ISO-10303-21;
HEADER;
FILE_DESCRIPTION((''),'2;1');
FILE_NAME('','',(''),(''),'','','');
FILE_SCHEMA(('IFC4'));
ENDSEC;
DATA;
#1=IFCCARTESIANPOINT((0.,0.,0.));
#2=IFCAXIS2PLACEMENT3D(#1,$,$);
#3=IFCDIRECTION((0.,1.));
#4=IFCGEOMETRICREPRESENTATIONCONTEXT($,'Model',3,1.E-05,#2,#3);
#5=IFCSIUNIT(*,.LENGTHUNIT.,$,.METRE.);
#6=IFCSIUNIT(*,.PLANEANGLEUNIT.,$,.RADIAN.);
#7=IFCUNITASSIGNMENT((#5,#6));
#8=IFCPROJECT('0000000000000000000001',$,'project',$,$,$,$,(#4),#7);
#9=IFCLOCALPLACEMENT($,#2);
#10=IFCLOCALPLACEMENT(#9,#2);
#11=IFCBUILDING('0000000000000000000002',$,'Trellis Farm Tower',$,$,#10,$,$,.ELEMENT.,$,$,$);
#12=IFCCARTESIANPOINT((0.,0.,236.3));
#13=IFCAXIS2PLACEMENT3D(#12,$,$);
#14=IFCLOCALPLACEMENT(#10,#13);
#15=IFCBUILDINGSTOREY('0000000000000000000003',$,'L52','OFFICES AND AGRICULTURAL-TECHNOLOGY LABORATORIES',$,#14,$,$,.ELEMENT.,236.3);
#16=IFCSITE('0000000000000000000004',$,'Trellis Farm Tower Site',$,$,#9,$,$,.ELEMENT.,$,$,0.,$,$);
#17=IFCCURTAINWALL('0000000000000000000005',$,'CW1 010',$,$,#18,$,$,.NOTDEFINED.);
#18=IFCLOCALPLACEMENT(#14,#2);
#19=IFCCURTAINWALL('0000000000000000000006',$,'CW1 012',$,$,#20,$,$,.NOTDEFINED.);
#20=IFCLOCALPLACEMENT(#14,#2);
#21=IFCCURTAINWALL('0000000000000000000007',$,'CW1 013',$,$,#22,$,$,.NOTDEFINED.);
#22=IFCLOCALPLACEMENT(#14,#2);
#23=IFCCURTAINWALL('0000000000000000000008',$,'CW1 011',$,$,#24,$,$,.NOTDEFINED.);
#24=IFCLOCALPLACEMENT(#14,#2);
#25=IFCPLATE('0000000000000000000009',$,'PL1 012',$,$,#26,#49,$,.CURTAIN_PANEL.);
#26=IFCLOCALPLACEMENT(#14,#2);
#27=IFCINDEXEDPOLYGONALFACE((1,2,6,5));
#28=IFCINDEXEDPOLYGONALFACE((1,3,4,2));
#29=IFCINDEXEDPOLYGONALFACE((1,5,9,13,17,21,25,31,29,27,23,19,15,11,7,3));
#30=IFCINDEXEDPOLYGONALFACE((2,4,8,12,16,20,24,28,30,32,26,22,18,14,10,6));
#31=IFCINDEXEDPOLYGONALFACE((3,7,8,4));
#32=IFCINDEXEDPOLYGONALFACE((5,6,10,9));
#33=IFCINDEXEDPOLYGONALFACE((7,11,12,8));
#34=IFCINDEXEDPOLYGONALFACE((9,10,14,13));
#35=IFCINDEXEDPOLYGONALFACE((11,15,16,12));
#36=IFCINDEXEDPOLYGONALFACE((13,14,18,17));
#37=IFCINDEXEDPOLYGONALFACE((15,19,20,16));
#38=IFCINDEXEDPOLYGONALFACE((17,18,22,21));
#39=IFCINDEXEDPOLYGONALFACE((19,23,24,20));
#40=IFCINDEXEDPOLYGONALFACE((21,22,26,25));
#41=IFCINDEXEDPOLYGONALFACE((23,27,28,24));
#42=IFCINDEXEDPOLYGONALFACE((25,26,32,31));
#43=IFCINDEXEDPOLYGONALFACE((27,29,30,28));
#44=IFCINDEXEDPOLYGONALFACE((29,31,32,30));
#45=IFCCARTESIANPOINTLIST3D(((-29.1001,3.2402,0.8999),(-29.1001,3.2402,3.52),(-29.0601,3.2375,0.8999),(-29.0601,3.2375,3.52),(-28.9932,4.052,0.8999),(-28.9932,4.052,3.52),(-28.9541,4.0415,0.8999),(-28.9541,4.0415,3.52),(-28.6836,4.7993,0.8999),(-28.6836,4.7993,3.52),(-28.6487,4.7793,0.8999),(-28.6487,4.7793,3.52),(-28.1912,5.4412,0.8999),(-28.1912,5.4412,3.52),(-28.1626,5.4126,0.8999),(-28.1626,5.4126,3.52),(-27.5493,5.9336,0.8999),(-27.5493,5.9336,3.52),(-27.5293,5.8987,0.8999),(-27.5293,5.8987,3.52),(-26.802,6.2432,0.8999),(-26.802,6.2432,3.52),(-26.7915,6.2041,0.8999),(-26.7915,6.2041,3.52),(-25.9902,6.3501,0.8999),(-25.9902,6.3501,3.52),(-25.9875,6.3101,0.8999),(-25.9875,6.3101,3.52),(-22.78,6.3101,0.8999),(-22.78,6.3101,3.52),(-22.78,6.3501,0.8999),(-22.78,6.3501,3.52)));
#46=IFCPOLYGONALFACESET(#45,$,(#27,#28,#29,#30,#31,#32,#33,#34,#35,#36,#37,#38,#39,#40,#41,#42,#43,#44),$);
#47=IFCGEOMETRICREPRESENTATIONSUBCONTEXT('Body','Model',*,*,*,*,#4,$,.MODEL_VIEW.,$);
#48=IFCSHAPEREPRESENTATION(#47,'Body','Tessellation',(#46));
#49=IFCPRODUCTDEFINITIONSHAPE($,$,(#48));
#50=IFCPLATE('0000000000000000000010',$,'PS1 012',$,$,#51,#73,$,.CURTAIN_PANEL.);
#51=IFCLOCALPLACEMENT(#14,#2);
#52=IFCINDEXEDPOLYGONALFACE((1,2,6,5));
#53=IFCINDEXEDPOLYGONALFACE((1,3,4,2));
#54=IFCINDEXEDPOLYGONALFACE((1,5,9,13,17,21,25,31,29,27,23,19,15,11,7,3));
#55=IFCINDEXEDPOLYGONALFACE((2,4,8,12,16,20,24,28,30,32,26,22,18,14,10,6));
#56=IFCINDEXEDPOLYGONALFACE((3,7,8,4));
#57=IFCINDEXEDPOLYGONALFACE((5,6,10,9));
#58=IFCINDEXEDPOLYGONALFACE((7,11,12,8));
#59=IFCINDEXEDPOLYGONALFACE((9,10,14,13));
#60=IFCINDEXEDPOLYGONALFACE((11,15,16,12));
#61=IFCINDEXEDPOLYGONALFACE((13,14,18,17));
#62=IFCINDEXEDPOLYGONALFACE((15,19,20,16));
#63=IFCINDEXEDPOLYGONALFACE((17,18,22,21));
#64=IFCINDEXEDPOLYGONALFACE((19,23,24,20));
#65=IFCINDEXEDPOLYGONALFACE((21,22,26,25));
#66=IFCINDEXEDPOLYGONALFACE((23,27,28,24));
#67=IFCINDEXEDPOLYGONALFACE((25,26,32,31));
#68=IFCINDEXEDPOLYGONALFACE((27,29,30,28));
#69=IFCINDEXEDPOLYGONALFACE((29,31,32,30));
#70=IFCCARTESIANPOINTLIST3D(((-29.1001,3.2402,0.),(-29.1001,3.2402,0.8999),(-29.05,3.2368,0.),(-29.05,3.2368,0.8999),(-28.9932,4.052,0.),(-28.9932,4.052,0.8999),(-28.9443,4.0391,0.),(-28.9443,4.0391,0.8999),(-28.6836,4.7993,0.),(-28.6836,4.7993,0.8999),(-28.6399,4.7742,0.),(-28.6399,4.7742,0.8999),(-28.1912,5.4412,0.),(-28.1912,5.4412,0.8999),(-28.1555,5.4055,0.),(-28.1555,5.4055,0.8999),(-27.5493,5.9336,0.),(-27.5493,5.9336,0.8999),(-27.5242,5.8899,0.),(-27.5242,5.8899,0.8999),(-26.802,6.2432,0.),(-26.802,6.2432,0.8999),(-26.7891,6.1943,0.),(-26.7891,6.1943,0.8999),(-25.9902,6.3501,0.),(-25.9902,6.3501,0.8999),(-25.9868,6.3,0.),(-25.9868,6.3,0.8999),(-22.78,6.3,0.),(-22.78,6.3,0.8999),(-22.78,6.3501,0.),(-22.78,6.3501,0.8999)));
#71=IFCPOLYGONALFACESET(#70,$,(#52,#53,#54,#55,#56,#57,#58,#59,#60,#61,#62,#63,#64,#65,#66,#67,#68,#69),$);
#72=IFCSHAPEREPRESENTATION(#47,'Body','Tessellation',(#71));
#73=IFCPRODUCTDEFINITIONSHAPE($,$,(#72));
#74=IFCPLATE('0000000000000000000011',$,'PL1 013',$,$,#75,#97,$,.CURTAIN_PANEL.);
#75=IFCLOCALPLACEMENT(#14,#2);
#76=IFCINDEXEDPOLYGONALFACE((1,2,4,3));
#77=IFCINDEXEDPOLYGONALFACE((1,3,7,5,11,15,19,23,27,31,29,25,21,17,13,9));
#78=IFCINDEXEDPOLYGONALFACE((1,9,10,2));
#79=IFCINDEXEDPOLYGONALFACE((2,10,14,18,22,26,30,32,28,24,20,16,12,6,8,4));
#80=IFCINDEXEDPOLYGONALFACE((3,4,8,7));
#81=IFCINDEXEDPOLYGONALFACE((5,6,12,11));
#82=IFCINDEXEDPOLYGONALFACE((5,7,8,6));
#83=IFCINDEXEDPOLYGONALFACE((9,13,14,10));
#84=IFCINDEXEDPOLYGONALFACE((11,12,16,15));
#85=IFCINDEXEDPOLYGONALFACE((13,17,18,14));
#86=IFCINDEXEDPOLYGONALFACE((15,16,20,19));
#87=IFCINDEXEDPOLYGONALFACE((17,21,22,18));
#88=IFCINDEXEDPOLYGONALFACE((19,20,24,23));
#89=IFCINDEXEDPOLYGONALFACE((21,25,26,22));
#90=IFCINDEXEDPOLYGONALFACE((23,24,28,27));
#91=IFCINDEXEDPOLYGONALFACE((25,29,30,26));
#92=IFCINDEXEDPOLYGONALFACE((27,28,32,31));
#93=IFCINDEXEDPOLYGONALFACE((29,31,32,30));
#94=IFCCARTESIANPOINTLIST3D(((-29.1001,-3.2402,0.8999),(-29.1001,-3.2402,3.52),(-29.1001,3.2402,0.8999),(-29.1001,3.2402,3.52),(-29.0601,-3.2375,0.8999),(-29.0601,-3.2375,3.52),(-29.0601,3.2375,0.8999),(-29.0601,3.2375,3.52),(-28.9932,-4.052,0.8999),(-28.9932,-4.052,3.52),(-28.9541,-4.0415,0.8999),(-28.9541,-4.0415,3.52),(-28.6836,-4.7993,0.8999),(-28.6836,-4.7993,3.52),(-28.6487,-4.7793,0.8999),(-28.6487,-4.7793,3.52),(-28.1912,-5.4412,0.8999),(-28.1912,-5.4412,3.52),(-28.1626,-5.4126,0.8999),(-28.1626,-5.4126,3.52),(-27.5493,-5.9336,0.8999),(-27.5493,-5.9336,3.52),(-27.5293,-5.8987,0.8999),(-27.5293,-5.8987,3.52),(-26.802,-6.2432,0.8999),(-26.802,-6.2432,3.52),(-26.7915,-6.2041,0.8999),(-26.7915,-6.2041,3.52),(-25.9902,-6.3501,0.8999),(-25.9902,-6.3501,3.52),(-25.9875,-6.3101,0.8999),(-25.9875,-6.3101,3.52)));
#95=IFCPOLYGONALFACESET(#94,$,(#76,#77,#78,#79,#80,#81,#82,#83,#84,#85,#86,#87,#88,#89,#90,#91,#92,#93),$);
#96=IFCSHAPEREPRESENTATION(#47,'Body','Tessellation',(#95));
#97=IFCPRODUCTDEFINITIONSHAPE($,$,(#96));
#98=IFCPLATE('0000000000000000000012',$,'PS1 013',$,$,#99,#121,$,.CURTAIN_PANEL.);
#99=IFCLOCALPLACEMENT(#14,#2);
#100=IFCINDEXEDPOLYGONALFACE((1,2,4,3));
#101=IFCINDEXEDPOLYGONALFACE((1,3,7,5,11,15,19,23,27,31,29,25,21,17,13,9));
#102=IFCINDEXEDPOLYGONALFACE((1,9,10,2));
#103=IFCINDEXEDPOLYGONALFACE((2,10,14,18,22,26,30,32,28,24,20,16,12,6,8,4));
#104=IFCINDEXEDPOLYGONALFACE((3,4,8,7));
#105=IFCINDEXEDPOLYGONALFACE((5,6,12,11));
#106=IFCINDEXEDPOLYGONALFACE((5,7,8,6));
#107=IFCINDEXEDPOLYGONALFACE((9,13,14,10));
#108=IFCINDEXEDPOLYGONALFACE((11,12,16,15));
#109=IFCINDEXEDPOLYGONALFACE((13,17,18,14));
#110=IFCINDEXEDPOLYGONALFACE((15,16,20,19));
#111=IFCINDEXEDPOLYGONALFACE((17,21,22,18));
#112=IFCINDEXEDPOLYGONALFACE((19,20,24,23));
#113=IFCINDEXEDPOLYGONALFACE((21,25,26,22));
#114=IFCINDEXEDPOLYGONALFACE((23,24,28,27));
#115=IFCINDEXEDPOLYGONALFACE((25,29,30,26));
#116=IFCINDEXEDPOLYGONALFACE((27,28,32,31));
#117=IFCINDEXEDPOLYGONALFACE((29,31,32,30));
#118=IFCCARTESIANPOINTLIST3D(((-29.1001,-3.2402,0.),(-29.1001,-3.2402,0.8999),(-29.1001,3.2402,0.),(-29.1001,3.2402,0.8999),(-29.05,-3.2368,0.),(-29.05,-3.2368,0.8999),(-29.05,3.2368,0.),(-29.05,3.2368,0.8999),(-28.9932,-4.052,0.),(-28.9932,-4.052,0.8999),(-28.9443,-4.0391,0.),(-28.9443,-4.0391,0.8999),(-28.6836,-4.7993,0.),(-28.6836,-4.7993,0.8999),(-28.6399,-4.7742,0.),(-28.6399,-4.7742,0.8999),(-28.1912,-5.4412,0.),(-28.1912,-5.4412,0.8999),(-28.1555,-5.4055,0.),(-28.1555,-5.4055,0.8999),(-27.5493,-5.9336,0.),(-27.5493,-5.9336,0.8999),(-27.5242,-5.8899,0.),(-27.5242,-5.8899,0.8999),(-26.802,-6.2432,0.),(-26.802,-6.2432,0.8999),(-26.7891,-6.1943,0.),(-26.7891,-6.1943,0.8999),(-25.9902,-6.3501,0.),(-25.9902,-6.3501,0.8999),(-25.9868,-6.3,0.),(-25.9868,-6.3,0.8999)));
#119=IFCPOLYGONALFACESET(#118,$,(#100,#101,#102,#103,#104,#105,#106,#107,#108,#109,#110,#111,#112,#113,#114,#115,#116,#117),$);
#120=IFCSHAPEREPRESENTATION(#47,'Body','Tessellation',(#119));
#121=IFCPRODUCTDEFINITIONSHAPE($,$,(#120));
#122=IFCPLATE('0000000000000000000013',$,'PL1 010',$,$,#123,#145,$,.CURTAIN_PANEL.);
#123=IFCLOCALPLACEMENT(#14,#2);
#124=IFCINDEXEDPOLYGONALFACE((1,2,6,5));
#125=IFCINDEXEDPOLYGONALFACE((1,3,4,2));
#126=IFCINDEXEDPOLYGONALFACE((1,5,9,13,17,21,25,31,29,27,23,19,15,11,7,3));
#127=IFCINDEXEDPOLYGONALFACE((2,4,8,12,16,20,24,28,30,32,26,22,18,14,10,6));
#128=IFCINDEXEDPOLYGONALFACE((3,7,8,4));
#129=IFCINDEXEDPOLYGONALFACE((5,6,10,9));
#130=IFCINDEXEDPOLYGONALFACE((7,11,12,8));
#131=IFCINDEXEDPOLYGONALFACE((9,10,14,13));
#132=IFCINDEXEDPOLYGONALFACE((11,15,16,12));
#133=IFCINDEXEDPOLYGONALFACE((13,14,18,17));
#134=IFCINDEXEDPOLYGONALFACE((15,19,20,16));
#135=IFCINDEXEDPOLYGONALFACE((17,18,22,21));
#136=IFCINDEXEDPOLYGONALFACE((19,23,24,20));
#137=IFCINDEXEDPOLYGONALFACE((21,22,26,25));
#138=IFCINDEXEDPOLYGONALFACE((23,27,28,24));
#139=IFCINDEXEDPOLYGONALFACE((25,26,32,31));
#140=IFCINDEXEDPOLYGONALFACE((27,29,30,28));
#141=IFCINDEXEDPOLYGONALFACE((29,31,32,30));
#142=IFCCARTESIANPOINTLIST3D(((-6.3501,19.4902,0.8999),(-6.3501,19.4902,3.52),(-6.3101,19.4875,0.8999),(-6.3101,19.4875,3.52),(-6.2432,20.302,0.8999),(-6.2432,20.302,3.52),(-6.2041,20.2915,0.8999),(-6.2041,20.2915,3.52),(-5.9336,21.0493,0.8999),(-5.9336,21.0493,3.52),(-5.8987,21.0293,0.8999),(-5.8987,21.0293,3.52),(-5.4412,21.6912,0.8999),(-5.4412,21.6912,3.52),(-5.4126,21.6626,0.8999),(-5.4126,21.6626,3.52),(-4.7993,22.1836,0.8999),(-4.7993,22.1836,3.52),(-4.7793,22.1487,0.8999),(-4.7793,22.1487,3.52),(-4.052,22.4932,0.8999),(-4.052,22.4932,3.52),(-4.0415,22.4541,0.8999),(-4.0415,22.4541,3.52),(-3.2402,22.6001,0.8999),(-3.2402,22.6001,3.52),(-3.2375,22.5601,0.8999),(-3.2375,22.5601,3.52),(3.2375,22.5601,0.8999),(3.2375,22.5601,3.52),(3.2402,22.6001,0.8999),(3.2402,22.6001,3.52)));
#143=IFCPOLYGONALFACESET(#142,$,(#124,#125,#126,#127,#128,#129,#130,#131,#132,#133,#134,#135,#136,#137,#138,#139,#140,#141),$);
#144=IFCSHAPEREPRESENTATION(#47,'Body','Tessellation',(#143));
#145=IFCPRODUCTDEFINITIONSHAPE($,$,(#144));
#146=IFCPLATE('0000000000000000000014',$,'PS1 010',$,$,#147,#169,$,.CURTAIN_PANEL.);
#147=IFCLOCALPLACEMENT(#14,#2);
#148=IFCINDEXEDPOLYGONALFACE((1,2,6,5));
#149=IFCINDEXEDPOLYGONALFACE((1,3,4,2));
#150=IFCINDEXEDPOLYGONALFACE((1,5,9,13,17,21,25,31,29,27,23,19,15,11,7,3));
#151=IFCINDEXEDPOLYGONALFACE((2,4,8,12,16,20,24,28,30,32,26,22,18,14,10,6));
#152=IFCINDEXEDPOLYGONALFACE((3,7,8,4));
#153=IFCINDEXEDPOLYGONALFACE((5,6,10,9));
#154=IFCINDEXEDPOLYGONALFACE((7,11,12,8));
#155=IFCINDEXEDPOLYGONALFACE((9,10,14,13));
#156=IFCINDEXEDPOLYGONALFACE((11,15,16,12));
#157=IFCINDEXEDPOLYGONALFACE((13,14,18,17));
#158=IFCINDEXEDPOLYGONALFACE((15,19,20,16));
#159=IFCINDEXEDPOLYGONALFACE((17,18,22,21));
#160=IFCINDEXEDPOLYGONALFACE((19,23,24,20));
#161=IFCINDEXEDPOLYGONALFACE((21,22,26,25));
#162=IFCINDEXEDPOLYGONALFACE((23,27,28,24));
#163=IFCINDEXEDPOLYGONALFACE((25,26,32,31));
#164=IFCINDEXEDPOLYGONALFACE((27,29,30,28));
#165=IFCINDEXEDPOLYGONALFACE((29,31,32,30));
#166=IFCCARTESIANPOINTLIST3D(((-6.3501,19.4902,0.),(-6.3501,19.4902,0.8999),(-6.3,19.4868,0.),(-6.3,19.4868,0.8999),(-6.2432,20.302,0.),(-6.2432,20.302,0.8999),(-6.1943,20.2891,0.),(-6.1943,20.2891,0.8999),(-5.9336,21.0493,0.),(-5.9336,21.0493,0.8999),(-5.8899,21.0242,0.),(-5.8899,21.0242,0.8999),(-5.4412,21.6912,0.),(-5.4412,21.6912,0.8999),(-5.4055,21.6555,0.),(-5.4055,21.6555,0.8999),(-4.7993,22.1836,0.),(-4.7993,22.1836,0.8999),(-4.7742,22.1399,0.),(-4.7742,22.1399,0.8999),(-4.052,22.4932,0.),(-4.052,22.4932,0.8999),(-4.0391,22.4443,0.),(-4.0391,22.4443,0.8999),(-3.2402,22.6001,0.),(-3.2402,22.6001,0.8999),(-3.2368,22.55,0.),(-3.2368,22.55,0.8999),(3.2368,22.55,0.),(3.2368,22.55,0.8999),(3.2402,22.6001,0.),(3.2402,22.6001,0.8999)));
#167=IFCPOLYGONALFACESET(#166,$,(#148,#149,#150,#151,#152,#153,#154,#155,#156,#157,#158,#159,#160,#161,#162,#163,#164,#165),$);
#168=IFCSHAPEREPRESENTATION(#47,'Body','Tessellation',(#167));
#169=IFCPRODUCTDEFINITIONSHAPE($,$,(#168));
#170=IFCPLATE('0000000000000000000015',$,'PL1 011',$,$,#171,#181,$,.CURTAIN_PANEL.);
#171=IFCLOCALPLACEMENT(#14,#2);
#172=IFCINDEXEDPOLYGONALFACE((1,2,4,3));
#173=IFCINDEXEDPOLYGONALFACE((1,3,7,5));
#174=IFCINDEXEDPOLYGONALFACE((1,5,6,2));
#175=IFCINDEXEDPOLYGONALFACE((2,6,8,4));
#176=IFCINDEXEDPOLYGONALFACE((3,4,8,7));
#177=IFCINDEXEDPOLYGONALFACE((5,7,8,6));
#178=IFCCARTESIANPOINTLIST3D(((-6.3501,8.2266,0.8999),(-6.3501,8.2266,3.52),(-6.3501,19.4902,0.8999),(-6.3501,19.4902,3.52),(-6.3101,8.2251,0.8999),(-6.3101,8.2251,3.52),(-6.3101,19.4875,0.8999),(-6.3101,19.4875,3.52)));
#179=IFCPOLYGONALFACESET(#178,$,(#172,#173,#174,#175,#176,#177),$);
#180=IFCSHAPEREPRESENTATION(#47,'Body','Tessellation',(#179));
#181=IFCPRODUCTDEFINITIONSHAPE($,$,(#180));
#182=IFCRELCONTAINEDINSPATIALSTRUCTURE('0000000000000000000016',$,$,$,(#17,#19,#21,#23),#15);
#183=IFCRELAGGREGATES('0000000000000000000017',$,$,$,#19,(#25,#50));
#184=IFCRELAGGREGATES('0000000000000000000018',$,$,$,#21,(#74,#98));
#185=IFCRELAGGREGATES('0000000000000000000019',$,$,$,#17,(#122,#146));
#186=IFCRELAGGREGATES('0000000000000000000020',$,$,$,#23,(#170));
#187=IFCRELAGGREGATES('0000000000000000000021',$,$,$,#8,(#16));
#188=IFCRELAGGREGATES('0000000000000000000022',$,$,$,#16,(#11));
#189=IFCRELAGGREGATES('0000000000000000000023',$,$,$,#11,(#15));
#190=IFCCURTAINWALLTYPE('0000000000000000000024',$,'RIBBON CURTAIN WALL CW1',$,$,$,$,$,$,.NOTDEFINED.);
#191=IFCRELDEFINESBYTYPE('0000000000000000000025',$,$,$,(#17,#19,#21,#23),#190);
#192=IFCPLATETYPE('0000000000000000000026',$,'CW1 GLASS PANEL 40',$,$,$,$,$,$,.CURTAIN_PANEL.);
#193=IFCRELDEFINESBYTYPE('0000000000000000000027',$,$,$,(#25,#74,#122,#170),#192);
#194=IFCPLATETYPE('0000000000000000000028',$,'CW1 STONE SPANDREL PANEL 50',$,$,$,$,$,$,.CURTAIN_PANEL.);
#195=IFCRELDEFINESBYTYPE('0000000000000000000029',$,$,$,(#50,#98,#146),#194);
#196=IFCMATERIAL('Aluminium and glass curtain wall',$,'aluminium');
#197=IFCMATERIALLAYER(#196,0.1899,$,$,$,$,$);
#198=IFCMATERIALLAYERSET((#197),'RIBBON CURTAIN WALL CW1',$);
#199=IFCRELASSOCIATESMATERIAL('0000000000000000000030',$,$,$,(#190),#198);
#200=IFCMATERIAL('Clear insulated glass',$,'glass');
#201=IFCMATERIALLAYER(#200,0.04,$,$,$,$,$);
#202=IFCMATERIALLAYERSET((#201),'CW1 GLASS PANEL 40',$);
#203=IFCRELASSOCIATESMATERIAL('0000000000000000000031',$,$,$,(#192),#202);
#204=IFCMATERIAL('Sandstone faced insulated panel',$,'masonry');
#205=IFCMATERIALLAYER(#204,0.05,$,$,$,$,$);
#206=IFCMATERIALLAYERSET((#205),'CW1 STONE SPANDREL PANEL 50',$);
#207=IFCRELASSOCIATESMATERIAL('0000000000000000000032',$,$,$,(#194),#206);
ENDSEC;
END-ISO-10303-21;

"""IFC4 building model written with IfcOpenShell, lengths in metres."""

from ifc_helpers import new_model, si_unit, direction, frame, origin, place, context, subcontext, project, spatial, polyline, outline, extrude, source, transform, mapped, material, layer, layer_set, type_object, element, aggregate, save


model = new_model("IFC4")

# Units and contexts
model_context = context("Model", 3, precision=1e-05, world=origin(), true_north=direction((0.0, 1.0)))
body_context = subcontext(model_context, "Body", "Model", "MODEL_VIEW")
ifc_project = project(units=[si_unit("LENGTHUNIT", "METRE"), si_unit("PLANEANGLEUNIT", "RADIAN")], contexts=[model_context])

# Site, building, storey
site_placement = place(None, origin())
site = spatial("IfcSite", under=ifc_project, at=site_placement, Name="Trellis Farm Tower Site", CompositionType="ELEMENT", RefElevation=0.0)
building_placement = place(site_placement, origin())
building = spatial("IfcBuilding", under=site, at=building_placement, Name="Trellis Farm Tower", CompositionType="ELEMENT")
storey_placement = place(building_placement, frame((0.0, 0.0, 236.3)))
storey = spatial("IfcBuildingStorey", under=building, at=storey_placement, Name="L52", Description="OFFICES AND AGRICULTURAL-TECHNOLOGY LABORATORIES", CompositionType="ELEMENT", Elevation=236.3)

# Curtain walls
ifc_material_1 = material(Name="Aluminium and glass curtain wall", Category="aluminium")
placement_1 = place(storey_placement, origin())
ifc_layer_1 = layer(ifc_material_1, 0.1899)
ifc_layer_set_1 = layer_set([ifc_layer_1], Name="RIBBON CURTAIN WALL CW1")
curtain_wall_type_1 = type_object("IfcCurtainWallType", Name="RIBBON CURTAIN WALL CW1", PredefinedType="NOTDEFINED", material=ifc_layer_set_1)
curtain_wall_1 = element("IfcCurtainWall", 1, at=placement_1, inside=storey, type_object=curtain_wall_type_1, Name="CW1 010", PredefinedType="NOTDEFINED")
curtain_wall_2 = element("IfcCurtainWall", 2, at=placement_1, inside=storey, type_object=curtain_wall_type_1, Name="CW1 012", PredefinedType="NOTDEFINED")
curtain_wall_3 = element("IfcCurtainWall", 3, at=placement_1, inside=storey, type_object=curtain_wall_type_1, Name="CW1 013", PredefinedType="NOTDEFINED")

# Curtain wall
curtain_wall_4 = element("IfcCurtainWall", 4, at=placement_1, inside=storey, type_object=curtain_wall_type_1, Name="CW1 011", PredefinedType="NOTDEFINED")

# Plates
ifc_material_2 = material(Name="Clear insulated glass", Category="glass")
ifc_layer_2 = layer(ifc_material_2, 0.04)
ifc_layer_set_2 = layer_set([ifc_layer_2], Name="CW1 GLASS PANEL 40")
plate_type_1 = type_object("IfcPlateType", Name="CW1 GLASS PANEL 40", PredefinedType="CURTAIN_PANEL", material=ifc_layer_set_2)
shared_shape_1 = source(origin(), body_context, "Body", "SweptSolid", [
    extrude(outline(polyline([(-22.78, 6.3501), (-25.9902, 6.3501), (-26.802, 6.2432), (-27.5493, 5.9336), (-28.1912, 5.4412), (-28.6836, 4.7993), (-28.9932, 4.052), (-29.1001, 3.2402), (-29.0601, 3.2375), (-28.9541, 4.0415), (-28.6487, 4.7793), (-28.1626, 5.4126), (-27.5293, 5.8987), (-26.7915, 6.2041), (-25.9875, 6.3101), (-22.78, 6.3101), (-22.78, 6.3501)])), origin(), (0.0, 0.0, 1.0), 2.6201),
])
placement_2 = place(storey_placement, frame((0.0, 0.0, 0.8999)))
plate_1 = element("IfcPlate", 5, at=placement_2, type_object=plate_type_1, Name="PL1 012", PredefinedType="CURTAIN_PANEL", context=body_context, shape_type="MappedRepresentation", body=[
    mapped(shared_shape_1, transform((0.0, 0.0, 0.0))),
])
ifc_material_3 = material(Name="Sandstone faced insulated panel", Category="masonry")
ifc_layer_3 = layer(ifc_material_3, 0.05)
ifc_layer_set_3 = layer_set([ifc_layer_3], Name="CW1 STONE SPANDREL PANEL 50")
plate_type_2 = type_object("IfcPlateType", Name="CW1 STONE SPANDREL PANEL 50", PredefinedType="CURTAIN_PANEL", material=ifc_layer_set_3)
shared_shape_2 = source(origin(), body_context, "Body", "SweptSolid", [
    extrude(outline(polyline([(-22.78, 6.3501), (-25.9902, 6.3501), (-26.802, 6.2432), (-27.5493, 5.9336), (-28.1912, 5.4412), (-28.6836, 4.7993), (-28.9932, 4.052), (-29.1001, 3.2402), (-29.05, 3.2368), (-28.9443, 4.0391), (-28.6399, 4.7742), (-28.1555, 5.4055), (-27.5242, 5.8899), (-26.7891, 6.1943), (-25.9868, 6.3), (-22.78, 6.3), (-22.78, 6.3501)])), origin(), (0.0, 0.0, 1.0), 0.8999),
])
plate_2 = element("IfcPlate", 6, at=placement_1, type_object=plate_type_2, Name="PS1 012", PredefinedType="CURTAIN_PANEL", context=body_context, shape_type="MappedRepresentation", body=[
    mapped(shared_shape_2, transform((0.0, 0.0, 0.0))),
])
aggregate(curtain_wall_2, [plate_1, plate_2])
shared_shape_3 = source(origin(), body_context, "Body", "SweptSolid", [
    extrude(outline(polyline([(-29.1001, 3.2402), (-29.1001, -3.2402), (-28.9932, -4.052), (-28.6836, -4.7993), (-28.1912, -5.4412), (-27.5493, -5.9336), (-26.802, -6.2432), (-25.9902, -6.3501), (-25.9875, -6.3101), (-26.7915, -6.2041), (-27.5293, -5.8987), (-28.1626, -5.4126), (-28.6487, -4.7793), (-28.9541, -4.0415), (-29.0601, -3.2375), (-29.0601, 3.2375), (-29.1001, 3.2402)])), origin(), (0.0, 0.0, 1.0), 2.6201),
])
plate_3 = element("IfcPlate", 7, at=placement_2, type_object=plate_type_1, Name="PL1 013", PredefinedType="CURTAIN_PANEL", context=body_context, shape_type="MappedRepresentation", body=[
    mapped(shared_shape_3, transform((0.0, 0.0, 0.0))),
])
shared_shape_4 = source(origin(), body_context, "Body", "SweptSolid", [
    extrude(outline(polyline([(-29.1001, 3.2402), (-29.1001, -3.2402), (-28.9932, -4.052), (-28.6836, -4.7993), (-28.1912, -5.4412), (-27.5493, -5.9336), (-26.802, -6.2432), (-25.9902, -6.3501), (-25.9868, -6.3), (-26.7891, -6.1943), (-27.5242, -5.8899), (-28.1555, -5.4055), (-28.6399, -4.7742), (-28.9443, -4.0391), (-29.05, -3.2368), (-29.05, 3.2368), (-29.1001, 3.2402)])), origin(), (0.0, 0.0, 1.0), 0.8999),
])
plate_4 = element("IfcPlate", 8, at=placement_1, type_object=plate_type_2, Name="PS1 013", PredefinedType="CURTAIN_PANEL", context=body_context, shape_type="MappedRepresentation", body=[
    mapped(shared_shape_4, transform((0.0, 0.0, 0.0))),
])
aggregate(curtain_wall_3, [plate_3, plate_4])
shared_shape_5 = source(origin(), body_context, "Body", "SweptSolid", [
    extrude(outline(polyline([(3.2402, 22.6001), (-3.2402, 22.6001), (-4.052, 22.4932), (-4.7993, 22.1836), (-5.4412, 21.6912), (-5.9336, 21.0493), (-6.2432, 20.302), (-6.3501, 19.4902), (-6.3101, 19.4875), (-6.2041, 20.2915), (-5.8987, 21.0293), (-5.4126, 21.6626), (-4.7793, 22.1487), (-4.0415, 22.4541), (-3.2375, 22.5601), (3.2375, 22.5601), (3.2402, 22.6001)])), origin(), (0.0, 0.0, 1.0), 2.6201),
])
plate_5 = element("IfcPlate", 9, at=placement_2, type_object=plate_type_1, Name="PL1 010", PredefinedType="CURTAIN_PANEL", context=body_context, shape_type="MappedRepresentation", body=[
    mapped(shared_shape_5, transform((0.0, 0.0, 0.0))),
])
shared_shape_6 = source(origin(), body_context, "Body", "SweptSolid", [
    extrude(outline(polyline([(3.2402, 22.6001), (-3.2402, 22.6001), (-4.052, 22.4932), (-4.7993, 22.1836), (-5.4412, 21.6912), (-5.9336, 21.0493), (-6.2432, 20.302), (-6.3501, 19.4902), (-6.3, 19.4868), (-6.1943, 20.2891), (-5.8899, 21.0242), (-5.4055, 21.6555), (-4.7742, 22.1399), (-4.0391, 22.4443), (-3.2368, 22.55), (3.2368, 22.55), (3.2402, 22.6001)])), origin(), (0.0, 0.0, 1.0), 0.8999),
])
plate_6 = element("IfcPlate", 10, at=placement_1, type_object=plate_type_2, Name="PS1 010", PredefinedType="CURTAIN_PANEL", context=body_context, shape_type="MappedRepresentation", body=[
    mapped(shared_shape_6, transform((0.0, 0.0, 0.0))),
])
aggregate(curtain_wall_1, [plate_5, plate_6])
shared_shape_7 = source(origin(), body_context, "Body", "SweptSolid", [
    extrude(outline(polyline([(-6.3501, 19.4902), (-6.3501, 8.2266), (-6.3101, 8.2251), (-6.3101, 19.4875), (-6.3501, 19.4902)])), origin(), (0.0, 0.0, 1.0), 2.6201),
])
plate_7 = element("IfcPlate", 11, at=placement_2, type_object=plate_type_1, Name="PL1 011", PredefinedType="CURTAIN_PANEL", context=body_context, shape_type="MappedRepresentation", body=[
    mapped(shared_shape_7, transform((0.0, 0.0, 0.0))),
])
aggregate(curtain_wall_4, [plate_7])

save(model, "model.ifc")
